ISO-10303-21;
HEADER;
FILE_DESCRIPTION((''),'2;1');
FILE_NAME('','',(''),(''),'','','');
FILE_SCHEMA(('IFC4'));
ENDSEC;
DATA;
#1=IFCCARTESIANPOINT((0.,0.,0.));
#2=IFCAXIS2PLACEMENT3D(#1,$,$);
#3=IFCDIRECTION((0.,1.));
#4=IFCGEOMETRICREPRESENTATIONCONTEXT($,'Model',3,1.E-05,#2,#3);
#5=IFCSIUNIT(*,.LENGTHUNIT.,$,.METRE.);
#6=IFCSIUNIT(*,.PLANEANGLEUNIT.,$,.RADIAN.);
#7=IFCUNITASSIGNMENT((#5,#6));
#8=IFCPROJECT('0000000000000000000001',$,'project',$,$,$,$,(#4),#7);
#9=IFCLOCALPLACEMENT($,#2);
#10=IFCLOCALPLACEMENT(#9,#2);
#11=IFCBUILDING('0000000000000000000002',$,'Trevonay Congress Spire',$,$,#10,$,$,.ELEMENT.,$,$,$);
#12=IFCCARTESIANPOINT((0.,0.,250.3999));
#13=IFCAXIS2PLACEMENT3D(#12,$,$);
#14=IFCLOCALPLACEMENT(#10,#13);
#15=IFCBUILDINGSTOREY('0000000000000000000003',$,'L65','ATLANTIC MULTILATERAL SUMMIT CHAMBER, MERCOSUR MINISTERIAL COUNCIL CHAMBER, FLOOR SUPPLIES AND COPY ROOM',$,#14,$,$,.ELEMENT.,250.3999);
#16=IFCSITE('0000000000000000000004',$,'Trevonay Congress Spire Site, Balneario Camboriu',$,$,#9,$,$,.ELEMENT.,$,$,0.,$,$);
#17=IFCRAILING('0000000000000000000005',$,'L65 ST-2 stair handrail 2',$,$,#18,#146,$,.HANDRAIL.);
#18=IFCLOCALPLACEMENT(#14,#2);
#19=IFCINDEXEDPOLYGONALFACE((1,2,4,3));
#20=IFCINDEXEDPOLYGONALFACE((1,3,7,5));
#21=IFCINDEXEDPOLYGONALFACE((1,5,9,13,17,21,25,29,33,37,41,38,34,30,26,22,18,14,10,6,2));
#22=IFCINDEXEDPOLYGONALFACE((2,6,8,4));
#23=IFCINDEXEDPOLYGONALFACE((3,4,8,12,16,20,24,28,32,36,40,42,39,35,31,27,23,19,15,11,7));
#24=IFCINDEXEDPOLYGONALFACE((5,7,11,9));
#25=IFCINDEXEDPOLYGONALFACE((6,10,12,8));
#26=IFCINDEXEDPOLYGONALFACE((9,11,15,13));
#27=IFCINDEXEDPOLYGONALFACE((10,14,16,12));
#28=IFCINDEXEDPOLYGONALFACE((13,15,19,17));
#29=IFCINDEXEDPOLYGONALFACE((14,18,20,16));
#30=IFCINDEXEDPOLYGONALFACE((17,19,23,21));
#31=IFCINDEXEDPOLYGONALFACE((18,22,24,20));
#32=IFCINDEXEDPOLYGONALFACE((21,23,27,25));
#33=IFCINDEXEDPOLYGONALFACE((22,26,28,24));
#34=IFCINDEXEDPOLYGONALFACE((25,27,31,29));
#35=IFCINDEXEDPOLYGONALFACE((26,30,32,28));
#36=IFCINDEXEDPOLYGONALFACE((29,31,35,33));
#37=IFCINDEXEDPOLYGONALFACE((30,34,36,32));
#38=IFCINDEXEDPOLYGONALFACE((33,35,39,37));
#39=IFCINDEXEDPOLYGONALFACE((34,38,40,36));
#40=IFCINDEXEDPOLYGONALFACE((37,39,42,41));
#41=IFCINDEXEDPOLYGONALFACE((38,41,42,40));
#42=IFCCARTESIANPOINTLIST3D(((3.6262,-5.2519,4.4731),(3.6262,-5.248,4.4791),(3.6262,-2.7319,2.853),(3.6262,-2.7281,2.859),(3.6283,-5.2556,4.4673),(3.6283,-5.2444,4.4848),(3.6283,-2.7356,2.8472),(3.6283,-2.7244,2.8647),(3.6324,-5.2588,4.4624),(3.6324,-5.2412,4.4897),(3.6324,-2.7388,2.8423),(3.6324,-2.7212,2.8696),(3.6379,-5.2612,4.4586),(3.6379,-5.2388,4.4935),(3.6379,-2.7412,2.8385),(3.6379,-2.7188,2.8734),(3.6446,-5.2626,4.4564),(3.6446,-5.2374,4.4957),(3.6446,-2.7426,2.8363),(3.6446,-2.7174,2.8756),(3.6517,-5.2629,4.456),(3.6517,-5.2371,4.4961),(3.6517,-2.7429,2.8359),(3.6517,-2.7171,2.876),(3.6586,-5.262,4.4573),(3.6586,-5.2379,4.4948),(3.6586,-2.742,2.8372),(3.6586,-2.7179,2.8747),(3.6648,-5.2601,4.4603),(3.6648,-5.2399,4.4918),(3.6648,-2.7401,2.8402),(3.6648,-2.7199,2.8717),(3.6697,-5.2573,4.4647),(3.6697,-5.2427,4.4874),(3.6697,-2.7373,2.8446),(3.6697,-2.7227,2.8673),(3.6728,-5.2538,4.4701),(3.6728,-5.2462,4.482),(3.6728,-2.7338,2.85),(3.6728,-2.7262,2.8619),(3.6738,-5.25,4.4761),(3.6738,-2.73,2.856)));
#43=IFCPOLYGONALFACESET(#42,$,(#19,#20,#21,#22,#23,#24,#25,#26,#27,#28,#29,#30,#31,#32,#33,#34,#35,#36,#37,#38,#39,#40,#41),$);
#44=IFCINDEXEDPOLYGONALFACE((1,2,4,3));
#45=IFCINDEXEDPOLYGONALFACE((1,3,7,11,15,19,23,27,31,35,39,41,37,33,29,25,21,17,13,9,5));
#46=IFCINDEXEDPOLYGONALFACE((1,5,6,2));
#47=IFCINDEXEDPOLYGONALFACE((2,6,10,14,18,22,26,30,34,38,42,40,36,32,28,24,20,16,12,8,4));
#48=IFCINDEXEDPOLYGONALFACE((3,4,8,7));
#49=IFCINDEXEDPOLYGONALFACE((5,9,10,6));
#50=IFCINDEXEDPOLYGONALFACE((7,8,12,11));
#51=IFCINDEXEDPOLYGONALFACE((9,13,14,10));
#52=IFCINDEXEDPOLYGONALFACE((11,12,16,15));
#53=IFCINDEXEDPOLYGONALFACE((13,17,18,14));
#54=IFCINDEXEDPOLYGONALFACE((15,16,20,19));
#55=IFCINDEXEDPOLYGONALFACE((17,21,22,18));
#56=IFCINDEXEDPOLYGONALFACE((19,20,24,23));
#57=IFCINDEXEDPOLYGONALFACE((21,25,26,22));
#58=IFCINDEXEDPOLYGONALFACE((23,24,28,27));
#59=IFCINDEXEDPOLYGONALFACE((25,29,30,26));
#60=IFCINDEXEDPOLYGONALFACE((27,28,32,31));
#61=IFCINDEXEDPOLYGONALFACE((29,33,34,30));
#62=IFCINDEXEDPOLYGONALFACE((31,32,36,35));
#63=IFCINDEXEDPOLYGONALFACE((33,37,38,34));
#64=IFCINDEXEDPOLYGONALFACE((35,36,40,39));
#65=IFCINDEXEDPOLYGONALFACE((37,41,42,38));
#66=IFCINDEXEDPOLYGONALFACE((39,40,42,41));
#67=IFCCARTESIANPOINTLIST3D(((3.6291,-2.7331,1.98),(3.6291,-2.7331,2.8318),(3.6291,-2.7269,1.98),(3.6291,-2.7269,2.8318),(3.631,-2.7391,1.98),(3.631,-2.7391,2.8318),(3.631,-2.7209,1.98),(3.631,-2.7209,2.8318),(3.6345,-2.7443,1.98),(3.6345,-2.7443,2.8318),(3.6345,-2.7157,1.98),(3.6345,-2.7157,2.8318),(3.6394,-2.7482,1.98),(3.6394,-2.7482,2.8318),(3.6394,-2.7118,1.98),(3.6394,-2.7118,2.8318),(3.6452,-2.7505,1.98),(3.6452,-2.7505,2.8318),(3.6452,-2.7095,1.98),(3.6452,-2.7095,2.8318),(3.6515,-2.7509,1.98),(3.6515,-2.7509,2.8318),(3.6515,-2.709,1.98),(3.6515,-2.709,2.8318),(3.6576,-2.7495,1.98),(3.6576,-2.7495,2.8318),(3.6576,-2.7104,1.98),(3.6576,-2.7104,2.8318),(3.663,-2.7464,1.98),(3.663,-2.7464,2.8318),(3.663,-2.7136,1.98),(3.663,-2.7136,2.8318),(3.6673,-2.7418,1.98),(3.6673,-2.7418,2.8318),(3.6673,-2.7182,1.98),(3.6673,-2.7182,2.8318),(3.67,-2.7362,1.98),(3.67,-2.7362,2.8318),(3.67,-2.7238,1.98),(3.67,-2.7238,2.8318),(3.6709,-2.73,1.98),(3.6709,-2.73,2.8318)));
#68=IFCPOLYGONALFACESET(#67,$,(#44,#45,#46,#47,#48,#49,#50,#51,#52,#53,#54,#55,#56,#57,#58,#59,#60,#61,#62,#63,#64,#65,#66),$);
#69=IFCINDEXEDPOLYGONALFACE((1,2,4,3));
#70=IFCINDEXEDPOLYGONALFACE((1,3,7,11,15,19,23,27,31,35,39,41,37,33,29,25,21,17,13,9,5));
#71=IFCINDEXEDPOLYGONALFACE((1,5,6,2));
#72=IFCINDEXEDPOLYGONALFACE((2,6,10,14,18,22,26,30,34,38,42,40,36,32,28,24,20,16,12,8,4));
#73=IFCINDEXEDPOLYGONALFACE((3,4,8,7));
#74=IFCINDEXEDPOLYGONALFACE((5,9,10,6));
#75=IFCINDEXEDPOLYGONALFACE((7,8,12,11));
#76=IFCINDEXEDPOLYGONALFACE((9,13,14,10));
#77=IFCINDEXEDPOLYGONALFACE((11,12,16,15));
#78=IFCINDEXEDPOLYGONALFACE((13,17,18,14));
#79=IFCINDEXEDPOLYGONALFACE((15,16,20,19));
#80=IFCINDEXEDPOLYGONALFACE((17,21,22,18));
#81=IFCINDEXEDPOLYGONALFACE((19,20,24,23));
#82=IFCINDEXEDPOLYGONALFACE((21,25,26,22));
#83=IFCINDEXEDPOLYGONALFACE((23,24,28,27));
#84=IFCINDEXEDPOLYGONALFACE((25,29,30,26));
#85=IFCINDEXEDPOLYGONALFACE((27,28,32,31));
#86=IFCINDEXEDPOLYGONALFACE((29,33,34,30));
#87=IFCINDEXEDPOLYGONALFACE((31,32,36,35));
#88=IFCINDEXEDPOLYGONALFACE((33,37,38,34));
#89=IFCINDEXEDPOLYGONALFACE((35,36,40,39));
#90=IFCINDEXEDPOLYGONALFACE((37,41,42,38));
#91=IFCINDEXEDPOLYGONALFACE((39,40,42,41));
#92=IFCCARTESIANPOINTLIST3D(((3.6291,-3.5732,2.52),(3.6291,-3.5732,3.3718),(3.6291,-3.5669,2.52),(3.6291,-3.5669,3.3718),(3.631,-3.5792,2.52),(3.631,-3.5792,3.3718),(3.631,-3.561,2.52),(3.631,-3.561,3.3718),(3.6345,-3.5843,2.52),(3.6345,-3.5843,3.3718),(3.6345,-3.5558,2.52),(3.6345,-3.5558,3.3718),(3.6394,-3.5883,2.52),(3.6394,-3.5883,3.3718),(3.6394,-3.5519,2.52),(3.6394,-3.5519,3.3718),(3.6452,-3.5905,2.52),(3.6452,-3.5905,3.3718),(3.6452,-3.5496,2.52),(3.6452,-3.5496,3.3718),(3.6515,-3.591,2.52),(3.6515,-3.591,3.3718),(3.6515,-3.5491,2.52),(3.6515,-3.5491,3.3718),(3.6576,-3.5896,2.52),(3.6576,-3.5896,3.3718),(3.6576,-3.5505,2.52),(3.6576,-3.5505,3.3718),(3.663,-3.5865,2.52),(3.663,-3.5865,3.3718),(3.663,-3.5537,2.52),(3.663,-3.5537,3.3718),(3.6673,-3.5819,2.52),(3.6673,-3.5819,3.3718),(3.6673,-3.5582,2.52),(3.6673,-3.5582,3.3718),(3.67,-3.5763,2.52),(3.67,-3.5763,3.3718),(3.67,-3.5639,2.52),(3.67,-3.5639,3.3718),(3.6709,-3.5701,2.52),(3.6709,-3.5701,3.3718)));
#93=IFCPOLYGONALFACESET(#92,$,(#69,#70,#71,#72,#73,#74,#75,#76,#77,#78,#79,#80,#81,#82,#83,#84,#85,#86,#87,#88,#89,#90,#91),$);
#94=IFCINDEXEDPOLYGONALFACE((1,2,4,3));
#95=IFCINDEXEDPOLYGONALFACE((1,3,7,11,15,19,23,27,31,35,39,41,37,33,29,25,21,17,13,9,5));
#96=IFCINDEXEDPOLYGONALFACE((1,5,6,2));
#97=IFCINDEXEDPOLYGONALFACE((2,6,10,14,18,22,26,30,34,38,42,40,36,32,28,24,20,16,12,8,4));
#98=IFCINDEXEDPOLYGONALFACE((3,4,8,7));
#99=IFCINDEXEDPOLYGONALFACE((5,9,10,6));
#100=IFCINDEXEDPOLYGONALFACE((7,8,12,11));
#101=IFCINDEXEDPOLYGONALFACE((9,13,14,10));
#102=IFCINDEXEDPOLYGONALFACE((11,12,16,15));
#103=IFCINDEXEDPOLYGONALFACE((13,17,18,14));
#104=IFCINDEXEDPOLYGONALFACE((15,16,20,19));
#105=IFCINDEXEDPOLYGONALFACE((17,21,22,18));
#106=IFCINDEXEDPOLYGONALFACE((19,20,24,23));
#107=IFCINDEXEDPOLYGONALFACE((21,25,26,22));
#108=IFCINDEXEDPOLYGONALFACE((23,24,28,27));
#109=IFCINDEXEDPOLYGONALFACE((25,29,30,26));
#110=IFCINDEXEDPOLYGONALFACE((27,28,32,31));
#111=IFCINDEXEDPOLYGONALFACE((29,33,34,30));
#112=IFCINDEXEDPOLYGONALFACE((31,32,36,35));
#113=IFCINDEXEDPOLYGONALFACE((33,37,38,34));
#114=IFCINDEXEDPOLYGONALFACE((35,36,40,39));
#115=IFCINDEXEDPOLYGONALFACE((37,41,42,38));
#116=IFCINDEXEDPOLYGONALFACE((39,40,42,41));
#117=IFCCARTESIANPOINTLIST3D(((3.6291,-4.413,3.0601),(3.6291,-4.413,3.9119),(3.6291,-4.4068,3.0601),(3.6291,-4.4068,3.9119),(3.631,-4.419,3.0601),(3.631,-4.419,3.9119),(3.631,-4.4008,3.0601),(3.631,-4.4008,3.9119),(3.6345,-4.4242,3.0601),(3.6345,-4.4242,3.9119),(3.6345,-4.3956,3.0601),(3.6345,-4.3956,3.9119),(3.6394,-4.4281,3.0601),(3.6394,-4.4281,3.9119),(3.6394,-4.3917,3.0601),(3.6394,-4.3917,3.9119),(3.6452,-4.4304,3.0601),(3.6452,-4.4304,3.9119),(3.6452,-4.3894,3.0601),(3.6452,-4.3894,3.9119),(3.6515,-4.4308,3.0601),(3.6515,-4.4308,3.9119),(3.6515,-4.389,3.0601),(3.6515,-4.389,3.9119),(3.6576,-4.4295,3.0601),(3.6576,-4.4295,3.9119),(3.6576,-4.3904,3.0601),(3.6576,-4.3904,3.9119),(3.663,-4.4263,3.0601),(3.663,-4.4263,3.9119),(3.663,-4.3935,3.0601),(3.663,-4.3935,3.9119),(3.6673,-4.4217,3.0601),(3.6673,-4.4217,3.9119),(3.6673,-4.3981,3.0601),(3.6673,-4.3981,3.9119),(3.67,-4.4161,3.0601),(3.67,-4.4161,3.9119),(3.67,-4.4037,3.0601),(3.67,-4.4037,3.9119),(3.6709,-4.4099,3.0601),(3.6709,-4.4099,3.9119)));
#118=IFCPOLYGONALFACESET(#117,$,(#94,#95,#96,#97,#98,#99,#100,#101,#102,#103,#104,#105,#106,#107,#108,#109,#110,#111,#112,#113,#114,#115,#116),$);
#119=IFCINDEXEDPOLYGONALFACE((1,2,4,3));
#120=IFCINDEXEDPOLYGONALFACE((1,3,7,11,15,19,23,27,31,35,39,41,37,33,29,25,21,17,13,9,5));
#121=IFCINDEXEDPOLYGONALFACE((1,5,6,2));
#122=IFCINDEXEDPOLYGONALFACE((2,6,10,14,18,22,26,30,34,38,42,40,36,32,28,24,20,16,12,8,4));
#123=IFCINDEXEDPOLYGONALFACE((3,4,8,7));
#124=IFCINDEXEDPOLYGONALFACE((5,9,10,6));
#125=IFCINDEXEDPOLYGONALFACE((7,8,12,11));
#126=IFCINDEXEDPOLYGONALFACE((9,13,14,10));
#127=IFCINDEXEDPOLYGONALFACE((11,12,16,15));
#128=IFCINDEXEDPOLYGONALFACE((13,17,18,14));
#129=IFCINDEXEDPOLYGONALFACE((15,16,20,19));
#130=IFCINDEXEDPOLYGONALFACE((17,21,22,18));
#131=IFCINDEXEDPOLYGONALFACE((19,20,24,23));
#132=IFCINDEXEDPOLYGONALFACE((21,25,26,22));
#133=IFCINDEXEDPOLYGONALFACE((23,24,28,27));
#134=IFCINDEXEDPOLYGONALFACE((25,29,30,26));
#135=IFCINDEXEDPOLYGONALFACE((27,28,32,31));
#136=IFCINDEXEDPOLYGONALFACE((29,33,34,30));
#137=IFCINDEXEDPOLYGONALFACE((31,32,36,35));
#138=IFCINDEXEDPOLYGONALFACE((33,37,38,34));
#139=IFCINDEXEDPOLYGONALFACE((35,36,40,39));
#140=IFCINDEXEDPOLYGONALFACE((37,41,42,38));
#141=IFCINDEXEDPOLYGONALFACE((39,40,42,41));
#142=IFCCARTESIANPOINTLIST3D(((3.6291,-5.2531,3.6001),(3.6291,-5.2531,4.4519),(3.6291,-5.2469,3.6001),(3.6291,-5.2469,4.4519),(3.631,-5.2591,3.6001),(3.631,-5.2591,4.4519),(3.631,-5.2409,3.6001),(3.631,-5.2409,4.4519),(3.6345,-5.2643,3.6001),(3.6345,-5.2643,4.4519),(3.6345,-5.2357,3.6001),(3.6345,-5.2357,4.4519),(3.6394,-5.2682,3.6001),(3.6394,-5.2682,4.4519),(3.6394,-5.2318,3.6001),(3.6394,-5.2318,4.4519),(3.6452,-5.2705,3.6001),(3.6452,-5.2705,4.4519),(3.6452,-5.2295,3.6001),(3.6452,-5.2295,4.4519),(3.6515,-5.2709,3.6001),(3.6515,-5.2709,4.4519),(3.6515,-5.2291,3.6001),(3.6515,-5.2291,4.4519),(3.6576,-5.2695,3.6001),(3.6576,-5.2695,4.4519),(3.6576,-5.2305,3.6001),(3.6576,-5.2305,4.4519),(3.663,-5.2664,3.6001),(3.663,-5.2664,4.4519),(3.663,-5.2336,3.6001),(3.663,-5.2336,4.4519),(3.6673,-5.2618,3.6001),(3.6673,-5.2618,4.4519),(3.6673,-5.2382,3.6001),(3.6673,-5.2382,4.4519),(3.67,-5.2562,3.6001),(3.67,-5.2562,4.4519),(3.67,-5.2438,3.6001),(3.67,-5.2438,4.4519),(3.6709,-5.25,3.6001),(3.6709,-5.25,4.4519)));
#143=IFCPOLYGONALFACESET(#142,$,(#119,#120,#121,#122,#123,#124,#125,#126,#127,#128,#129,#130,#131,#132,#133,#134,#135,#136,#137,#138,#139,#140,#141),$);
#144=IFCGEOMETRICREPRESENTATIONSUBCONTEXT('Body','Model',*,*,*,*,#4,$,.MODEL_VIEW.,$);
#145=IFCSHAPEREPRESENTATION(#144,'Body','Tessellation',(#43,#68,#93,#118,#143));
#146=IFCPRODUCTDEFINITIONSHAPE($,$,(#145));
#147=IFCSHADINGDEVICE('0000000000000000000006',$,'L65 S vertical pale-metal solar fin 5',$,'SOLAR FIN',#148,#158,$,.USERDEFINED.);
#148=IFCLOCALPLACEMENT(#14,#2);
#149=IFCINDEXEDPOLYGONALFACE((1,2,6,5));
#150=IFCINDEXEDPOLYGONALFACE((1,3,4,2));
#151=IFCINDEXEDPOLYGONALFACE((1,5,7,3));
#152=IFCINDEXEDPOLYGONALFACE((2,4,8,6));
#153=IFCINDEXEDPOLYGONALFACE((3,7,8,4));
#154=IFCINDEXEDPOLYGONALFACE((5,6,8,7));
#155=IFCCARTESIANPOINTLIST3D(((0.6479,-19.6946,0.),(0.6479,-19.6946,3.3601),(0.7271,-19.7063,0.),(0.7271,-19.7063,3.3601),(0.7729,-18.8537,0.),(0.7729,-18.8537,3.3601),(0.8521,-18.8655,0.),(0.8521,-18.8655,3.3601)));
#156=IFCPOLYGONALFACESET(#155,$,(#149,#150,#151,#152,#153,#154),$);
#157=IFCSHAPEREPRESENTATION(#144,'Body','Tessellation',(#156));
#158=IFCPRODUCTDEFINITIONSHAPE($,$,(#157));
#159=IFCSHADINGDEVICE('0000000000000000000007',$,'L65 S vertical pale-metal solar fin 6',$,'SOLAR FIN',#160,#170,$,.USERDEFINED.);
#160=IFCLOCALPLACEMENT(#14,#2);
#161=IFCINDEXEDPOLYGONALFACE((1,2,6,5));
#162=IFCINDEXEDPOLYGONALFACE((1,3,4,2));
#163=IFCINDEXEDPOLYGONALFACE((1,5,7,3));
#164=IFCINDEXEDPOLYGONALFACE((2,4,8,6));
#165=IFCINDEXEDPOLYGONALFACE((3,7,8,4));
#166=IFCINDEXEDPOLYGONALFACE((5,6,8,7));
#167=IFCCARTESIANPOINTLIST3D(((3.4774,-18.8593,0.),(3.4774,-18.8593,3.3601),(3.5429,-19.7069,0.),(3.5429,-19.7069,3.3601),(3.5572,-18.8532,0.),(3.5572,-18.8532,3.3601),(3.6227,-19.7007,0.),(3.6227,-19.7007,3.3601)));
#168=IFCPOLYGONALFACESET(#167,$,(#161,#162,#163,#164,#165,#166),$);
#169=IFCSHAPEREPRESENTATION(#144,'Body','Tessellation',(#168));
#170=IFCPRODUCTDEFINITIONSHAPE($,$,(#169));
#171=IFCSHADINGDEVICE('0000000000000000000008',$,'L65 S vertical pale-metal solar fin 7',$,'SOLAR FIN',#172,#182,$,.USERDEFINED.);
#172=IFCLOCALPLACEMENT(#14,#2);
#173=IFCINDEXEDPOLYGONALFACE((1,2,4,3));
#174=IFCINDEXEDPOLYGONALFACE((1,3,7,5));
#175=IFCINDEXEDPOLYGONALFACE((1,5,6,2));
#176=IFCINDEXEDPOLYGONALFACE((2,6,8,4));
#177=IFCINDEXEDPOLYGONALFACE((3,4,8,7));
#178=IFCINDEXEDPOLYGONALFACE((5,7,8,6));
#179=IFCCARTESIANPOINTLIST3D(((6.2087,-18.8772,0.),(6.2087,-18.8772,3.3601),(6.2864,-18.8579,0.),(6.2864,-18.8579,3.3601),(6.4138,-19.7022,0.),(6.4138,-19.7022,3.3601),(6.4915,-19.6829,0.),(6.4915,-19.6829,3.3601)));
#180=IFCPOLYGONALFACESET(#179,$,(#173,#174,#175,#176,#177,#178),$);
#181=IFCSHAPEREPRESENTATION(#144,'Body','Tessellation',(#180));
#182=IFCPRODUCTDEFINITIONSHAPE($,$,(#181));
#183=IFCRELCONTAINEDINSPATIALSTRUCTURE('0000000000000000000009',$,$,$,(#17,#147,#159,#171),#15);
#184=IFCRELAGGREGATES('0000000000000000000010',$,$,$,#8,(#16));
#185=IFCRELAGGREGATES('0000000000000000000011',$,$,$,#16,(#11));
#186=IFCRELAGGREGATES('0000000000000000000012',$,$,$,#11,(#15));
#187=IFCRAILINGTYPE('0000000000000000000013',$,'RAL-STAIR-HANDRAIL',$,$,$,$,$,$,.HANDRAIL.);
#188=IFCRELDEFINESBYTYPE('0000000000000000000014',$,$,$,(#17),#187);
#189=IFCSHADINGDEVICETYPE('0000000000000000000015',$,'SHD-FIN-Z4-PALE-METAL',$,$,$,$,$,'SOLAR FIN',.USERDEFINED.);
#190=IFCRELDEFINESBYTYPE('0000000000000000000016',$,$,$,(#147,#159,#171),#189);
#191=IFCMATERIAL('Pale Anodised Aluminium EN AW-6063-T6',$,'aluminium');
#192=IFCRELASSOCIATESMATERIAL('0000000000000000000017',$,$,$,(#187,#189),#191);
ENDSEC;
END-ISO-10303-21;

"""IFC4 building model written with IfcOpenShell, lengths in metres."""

from ifc_helpers import new_model, si_unit, direction, frame, origin, origin_2d, place, context, subcontext, project, spatial, rectangle, circle, extrude, material, type_object, element, save


model = new_model("IFC4")

# Units and contexts
model_context = context("Model", 3, precision=1e-05, world=origin(), true_north=direction((0.0, 1.0)))
body_context = subcontext(model_context, "Body", "Model", "MODEL_VIEW")
ifc_project = project(units=[si_unit("LENGTHUNIT", "METRE"), si_unit("PLANEANGLEUNIT", "RADIAN")], contexts=[model_context])

# Site, building, storey
site_placement = place(None, origin())
site = spatial("IfcSite", under=ifc_project, at=site_placement, Name="Trevonay Congress Spire Site, Balneario Camboriu", CompositionType="ELEMENT", RefElevation=0.0)
building_placement = place(site_placement, origin())
building = spatial("IfcBuilding", under=site, at=building_placement, Name="Trevonay Congress Spire", CompositionType="ELEMENT")
storey_placement = place(building_placement, frame((0.0, 0.0, 250.3999)))
storey = spatial("IfcBuildingStorey", under=building, at=storey_placement, Name="L65", Description="ATLANTIC MULTILATERAL SUMMIT CHAMBER, MERCOSUR MINISTERIAL COUNCIL CHAMBER, FLOOR SUPPLIES AND COPY ROOM", CompositionType="ELEMENT", Elevation=250.3999)

# Shared definitions
ifc_material_1 = material(Name="Pale Anodised Aluminium EN AW-6063-T6", Category="aluminium")

# Railing
railing_type_1 = type_object("IfcRailingType", Name="RAL-STAIR-HANDRAIL", PredefinedType="HANDRAIL", material=ifc_material_1)
railing_1_placement = place(storey_placement, frame((3.6499, -2.73, 1.98)))
element("IfcRailing", 1, at=railing_1_placement, inside=storey, type_object=railing_type_1, Name="L65 ST-2 stair handrail 2", PredefinedType="HANDRAIL", context=body_context, shape_type="SweptSolid", body=[
    extrude(circle(Radius=0.0239, at=origin_2d()), frame((0.0, 0.0, 0.876), z_axis=(0.0, -0.841163, 0.540782), x_axis=(1.0, 0.0, 0.0)), (0.0, 0.0, 1.0), 2.9958),
    extrude(circle(Radius=0.021, at=origin_2d()), origin(), (0.0, 0.0, 1.0), 0.8518),
    extrude(circle(Radius=0.021, at=origin_2d()), frame((0.0, -0.8401, 0.54)), (0.0, 0.0, 1.0), 0.8518),
    extrude(circle(Radius=0.021, at=origin_2d()), frame((0.0, -1.6799, 1.0801)), (0.0, 0.0, 1.0), 0.8518),
    extrude(circle(Radius=0.021, at=origin_2d()), frame((0.0, -2.52, 1.6201)), (0.0, 0.0, 1.0), 0.8518),
])

# Shading devices
shading_device_type = type_object("IfcShadingDeviceType", Name="SHD-FIN-Z4-PALE-METAL", ElementType="SOLAR FIN", PredefinedType="USERDEFINED", material=ifc_material_1)
for number, where, z_axis, x_axis, name in (
    (2, (0.75, -19.28, 0.0), (0.0, 0.0, 1.0), (0.989144, -0.146946, 0.0), "L65 S vertical pale-metal solar fin 5"),
    (3, (3.55, -19.28, 0.0), (0.0, 0.0, 1.0), (0.997026, 0.077067, 0.0), "L65 S vertical pale-metal solar fin 6"),
    (4, (6.3501, -19.28, 0.0), (0.0, 0.0, 1.0), (0.970464, 0.241244, 0.0), "L65 S vertical pale-metal solar fin 7"),
):
    element("IfcShadingDevice", number, at=place(storey_placement, frame(where, z_axis=z_axis, x_axis=x_axis)), inside=storey, type_object=shading_device_type, Name=name, ObjectType="SOLAR FIN", PredefinedType="USERDEFINED", context=body_context, shape_type="SweptSolid", body=[
        extrude(rectangle(XDim=0.0801, YDim=0.8501, at=origin_2d()), origin(), (0.0, 0.0, 1.0), 3.3601),
    ])

save(model, "model.ifc")
